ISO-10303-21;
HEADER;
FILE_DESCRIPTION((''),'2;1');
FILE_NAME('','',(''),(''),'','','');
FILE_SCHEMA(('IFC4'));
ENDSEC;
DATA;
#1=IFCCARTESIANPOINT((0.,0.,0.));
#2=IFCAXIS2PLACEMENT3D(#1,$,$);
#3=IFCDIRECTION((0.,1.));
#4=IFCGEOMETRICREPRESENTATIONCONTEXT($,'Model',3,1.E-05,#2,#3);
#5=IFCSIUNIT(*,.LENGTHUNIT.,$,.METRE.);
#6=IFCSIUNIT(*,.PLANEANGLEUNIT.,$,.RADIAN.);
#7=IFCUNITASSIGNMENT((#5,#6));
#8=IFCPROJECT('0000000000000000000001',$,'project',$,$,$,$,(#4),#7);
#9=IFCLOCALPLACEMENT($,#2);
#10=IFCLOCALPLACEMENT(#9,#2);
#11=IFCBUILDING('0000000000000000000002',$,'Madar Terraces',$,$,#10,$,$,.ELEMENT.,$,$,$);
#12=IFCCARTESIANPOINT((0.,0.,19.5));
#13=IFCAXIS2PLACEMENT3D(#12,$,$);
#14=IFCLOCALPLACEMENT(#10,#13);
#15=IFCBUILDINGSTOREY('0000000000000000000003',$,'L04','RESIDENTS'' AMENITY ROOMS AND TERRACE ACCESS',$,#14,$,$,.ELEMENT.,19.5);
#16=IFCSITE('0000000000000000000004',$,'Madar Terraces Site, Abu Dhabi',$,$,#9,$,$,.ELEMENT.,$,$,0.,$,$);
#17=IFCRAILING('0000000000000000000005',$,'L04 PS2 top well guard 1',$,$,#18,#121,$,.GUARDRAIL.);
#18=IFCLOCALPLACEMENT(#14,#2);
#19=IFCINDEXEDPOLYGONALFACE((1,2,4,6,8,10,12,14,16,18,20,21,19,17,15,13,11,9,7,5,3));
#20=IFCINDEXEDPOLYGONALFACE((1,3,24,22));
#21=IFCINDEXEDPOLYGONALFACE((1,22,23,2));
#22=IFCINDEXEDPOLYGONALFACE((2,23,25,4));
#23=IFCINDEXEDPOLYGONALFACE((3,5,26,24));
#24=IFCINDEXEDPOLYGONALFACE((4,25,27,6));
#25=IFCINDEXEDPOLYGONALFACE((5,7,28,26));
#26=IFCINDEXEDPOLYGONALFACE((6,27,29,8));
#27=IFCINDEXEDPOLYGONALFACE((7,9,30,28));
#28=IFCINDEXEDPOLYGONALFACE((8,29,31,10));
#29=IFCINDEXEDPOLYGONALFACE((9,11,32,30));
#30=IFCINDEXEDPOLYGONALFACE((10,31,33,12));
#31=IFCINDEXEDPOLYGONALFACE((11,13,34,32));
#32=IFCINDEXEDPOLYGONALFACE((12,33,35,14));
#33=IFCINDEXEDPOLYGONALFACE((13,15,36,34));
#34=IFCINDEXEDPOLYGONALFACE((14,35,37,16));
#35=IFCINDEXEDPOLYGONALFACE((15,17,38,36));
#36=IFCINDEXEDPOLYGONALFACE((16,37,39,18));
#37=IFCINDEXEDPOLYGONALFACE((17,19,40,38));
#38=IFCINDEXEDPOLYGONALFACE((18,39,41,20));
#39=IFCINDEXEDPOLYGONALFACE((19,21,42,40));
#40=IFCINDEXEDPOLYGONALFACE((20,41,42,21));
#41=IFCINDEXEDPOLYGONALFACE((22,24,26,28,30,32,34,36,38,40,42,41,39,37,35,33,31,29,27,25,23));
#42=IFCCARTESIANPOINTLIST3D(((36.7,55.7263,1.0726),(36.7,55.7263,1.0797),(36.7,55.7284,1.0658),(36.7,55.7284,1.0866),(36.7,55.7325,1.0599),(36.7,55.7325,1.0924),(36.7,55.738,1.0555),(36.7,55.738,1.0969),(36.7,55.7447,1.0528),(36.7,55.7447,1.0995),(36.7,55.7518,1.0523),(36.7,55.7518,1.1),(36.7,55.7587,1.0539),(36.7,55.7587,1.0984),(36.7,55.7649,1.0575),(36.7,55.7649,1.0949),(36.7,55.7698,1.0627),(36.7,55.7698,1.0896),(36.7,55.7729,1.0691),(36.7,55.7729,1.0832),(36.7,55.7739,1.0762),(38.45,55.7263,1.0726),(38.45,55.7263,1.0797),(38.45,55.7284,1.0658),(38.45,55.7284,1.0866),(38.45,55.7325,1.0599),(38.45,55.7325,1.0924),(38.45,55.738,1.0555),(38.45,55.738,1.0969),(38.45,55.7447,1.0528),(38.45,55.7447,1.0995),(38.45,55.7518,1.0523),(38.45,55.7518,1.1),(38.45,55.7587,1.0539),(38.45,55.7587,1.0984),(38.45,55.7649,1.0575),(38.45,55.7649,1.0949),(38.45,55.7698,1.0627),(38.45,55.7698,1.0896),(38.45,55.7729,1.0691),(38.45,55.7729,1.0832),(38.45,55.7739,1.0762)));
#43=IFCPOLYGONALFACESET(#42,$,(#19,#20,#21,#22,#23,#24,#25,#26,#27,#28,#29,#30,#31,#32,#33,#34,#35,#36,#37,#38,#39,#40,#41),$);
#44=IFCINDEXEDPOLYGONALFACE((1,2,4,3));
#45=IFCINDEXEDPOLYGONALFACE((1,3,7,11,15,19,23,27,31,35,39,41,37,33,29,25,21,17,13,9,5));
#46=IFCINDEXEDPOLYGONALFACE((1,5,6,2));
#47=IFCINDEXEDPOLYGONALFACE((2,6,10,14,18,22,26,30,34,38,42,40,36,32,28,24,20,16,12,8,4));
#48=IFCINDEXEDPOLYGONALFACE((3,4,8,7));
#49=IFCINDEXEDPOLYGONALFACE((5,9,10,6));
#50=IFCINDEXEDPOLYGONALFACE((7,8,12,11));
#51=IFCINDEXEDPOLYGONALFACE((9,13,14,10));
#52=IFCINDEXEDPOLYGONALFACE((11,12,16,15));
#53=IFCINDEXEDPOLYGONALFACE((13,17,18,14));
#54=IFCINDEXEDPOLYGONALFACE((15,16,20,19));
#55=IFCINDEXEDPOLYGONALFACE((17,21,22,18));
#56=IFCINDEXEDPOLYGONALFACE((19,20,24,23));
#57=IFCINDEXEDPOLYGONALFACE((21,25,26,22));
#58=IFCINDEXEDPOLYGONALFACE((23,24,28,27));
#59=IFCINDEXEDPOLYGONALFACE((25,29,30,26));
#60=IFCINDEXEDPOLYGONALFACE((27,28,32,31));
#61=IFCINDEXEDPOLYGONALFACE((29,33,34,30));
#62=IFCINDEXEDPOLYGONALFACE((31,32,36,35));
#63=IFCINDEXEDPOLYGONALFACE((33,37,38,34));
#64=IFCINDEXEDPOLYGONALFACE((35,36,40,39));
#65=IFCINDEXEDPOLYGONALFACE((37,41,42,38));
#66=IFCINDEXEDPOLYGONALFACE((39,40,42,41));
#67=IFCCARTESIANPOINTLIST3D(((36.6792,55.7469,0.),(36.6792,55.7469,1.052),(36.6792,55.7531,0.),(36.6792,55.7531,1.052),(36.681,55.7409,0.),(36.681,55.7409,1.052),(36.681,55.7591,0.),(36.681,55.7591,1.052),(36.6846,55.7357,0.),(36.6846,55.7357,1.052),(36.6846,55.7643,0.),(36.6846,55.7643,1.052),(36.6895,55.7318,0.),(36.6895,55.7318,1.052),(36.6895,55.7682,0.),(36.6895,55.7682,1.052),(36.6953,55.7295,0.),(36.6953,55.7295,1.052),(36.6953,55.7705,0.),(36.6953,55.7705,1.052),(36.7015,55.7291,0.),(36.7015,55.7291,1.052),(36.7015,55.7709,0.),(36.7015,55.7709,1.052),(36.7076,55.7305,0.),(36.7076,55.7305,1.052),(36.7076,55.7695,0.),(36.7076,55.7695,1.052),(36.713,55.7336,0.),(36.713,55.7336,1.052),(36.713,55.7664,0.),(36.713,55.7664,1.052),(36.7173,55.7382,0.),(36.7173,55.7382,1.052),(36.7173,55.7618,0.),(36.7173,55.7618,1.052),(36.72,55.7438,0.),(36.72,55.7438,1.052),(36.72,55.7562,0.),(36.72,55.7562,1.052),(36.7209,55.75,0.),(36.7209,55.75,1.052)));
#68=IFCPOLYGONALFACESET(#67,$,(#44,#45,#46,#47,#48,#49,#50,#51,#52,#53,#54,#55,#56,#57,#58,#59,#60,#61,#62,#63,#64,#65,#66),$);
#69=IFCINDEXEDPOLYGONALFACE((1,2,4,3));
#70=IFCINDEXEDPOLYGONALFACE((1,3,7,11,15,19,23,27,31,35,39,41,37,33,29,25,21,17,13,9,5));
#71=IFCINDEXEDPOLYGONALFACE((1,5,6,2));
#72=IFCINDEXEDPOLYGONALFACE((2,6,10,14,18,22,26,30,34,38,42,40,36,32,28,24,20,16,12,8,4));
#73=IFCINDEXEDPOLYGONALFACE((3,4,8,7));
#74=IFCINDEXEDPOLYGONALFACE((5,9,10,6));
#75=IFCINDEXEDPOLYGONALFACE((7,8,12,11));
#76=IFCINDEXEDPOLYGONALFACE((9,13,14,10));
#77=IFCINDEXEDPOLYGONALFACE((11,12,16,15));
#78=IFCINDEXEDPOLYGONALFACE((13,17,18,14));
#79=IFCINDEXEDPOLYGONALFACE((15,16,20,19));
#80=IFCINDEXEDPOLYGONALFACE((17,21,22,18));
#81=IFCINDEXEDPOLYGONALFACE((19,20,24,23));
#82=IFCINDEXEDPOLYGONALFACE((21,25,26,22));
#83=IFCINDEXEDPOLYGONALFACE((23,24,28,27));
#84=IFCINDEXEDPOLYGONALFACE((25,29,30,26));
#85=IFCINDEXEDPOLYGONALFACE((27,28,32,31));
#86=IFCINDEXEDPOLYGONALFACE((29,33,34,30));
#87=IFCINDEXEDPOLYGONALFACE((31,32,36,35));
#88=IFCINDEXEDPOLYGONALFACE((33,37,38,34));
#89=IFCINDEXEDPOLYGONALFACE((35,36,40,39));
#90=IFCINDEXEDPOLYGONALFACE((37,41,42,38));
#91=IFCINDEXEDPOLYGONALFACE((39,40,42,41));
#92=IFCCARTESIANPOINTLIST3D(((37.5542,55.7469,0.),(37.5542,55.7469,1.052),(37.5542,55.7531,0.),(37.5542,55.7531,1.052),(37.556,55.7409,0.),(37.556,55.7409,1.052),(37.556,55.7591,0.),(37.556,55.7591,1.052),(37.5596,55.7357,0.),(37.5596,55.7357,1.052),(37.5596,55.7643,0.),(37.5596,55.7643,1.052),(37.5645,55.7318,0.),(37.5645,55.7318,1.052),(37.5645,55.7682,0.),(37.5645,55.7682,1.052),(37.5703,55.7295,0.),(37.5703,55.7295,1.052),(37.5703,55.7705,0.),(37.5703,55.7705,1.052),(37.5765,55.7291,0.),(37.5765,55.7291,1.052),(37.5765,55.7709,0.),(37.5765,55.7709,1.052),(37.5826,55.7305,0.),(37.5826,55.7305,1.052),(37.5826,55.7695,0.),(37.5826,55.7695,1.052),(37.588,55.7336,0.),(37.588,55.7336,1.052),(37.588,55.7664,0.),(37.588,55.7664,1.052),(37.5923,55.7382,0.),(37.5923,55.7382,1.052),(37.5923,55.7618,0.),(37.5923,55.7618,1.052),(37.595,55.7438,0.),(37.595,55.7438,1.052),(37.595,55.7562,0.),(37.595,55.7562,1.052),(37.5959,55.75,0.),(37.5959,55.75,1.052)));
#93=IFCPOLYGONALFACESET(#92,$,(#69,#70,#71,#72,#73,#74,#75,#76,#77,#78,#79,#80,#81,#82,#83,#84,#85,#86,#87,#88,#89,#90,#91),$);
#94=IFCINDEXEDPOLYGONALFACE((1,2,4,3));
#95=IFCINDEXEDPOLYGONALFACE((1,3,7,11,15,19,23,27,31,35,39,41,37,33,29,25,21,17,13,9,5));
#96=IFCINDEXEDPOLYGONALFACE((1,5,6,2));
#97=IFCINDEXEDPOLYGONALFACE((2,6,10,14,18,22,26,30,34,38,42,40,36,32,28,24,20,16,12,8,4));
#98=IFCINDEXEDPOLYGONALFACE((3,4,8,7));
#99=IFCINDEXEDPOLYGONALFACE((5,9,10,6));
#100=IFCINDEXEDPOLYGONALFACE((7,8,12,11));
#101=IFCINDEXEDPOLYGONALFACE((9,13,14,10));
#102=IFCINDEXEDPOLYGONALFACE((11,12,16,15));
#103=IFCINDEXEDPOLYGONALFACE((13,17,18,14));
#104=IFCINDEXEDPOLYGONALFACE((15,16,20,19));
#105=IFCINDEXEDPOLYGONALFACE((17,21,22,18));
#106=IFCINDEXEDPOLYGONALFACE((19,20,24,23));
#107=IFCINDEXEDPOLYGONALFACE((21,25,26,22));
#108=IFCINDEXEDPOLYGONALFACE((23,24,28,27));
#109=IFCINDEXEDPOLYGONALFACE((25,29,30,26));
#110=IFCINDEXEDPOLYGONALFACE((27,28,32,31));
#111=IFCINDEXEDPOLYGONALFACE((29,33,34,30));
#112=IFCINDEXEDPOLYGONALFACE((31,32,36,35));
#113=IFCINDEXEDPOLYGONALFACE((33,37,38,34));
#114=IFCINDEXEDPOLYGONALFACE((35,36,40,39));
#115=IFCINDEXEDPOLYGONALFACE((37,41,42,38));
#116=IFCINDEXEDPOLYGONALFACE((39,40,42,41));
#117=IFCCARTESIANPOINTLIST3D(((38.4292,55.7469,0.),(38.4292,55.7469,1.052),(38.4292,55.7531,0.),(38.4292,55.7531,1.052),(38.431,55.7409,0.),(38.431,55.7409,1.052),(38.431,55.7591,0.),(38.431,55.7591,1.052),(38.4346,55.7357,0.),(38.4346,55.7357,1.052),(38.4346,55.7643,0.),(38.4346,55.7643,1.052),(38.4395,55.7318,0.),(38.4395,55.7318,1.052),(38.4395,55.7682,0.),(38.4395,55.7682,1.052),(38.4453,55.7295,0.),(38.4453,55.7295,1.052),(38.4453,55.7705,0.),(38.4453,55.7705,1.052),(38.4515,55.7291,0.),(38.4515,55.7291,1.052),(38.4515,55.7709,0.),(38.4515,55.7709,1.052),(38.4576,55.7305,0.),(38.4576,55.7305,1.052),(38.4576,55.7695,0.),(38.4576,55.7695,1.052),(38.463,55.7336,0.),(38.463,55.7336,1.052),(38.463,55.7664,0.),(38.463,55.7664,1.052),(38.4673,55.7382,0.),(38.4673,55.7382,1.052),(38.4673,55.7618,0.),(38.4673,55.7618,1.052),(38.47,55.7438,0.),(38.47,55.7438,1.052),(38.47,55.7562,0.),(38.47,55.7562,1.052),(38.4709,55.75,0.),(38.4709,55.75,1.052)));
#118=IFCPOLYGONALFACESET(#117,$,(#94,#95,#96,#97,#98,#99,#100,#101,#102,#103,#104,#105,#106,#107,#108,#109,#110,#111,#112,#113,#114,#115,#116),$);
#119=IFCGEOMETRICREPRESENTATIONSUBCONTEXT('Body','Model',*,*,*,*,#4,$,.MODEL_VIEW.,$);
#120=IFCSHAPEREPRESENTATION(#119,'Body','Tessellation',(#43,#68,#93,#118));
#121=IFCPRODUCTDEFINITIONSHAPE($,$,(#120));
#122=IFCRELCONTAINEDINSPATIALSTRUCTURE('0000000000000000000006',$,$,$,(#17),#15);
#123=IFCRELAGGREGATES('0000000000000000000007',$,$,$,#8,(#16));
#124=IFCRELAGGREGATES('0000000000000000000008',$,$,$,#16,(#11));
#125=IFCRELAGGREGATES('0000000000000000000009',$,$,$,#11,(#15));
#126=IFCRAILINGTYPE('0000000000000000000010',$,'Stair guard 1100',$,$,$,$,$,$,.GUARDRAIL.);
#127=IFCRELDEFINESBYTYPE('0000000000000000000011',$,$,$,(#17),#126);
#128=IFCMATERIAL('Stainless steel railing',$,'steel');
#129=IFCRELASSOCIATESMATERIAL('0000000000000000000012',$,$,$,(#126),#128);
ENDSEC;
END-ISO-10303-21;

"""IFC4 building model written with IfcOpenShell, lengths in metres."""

from ifc_helpers import new_model, si_unit, direction, frame, origin, origin_2d, place, context, subcontext, project, spatial, circle, extrude, material, type_object, element, save


model = new_model("IFC4")

# Units and contexts
model_context = context("Model", 3, precision=1e-05, world=origin(), true_north=direction((0.0, 1.0)))
body_context = subcontext(model_context, "Body", "Model", "MODEL_VIEW")
ifc_project = project(units=[si_unit("LENGTHUNIT", "METRE"), si_unit("PLANEANGLEUNIT", "RADIAN")], contexts=[model_context])

# Site, building, storey
site_placement = place(None, origin())
site = spatial("IfcSite", under=ifc_project, at=site_placement, Name="Madar Terraces Site, Abu Dhabi", CompositionType="ELEMENT", RefElevation=0.0)
building_placement = place(site_placement, origin())
building = spatial("IfcBuilding", under=site, at=building_placement, Name="Madar Terraces", CompositionType="ELEMENT")
storey_placement = place(building_placement, frame((0.0, 0.0, 19.5)))
storey = spatial("IfcBuildingStorey", under=building, at=storey_placement, Name="L04", Description="RESIDENTS' AMENITY ROOMS AND TERRACE ACCESS", CompositionType="ELEMENT", Elevation=19.5)

# Railing
ifc_material_1 = material(Name="Stainless steel railing", Category="steel")
railing_type = type_object("IfcRailingType", Name="Stair guard 1100", PredefinedType="GUARDRAIL", material=ifc_material_1)
railing_placement = place(storey_placement, frame((36.7, 55.75, 0.0)))
element("IfcRailing", 1, at=railing_placement, inside=storey, type_object=railing_type, Name="L04 PS2 top well guard 1", PredefinedType="GUARDRAIL", context=body_context, shape_type="SweptSolid", body=[
    extrude(circle(Radius=0.0239, at=origin_2d()), frame((0.0, 0.0, 1.0762), z_axis=(1.0, 0.0, 0.0), x_axis=(0.0, 1.0, 0.0)), (0.0, 0.0, 1.0), 1.75),
    extrude(circle(Radius=0.021, at=origin_2d()), origin(), (0.0, 0.0, 1.0), 1.052),
    extrude(circle(Radius=0.021, at=origin_2d()), frame((0.875, 0.0, 0.0)), (0.0, 0.0, 1.0), 1.052),
    extrude(circle(Radius=0.021, at=origin_2d()), frame((1.75, 0.0, 0.0)), (0.0, 0.0, 1.0), 1.052),
])

save(model, "model.ifc")
